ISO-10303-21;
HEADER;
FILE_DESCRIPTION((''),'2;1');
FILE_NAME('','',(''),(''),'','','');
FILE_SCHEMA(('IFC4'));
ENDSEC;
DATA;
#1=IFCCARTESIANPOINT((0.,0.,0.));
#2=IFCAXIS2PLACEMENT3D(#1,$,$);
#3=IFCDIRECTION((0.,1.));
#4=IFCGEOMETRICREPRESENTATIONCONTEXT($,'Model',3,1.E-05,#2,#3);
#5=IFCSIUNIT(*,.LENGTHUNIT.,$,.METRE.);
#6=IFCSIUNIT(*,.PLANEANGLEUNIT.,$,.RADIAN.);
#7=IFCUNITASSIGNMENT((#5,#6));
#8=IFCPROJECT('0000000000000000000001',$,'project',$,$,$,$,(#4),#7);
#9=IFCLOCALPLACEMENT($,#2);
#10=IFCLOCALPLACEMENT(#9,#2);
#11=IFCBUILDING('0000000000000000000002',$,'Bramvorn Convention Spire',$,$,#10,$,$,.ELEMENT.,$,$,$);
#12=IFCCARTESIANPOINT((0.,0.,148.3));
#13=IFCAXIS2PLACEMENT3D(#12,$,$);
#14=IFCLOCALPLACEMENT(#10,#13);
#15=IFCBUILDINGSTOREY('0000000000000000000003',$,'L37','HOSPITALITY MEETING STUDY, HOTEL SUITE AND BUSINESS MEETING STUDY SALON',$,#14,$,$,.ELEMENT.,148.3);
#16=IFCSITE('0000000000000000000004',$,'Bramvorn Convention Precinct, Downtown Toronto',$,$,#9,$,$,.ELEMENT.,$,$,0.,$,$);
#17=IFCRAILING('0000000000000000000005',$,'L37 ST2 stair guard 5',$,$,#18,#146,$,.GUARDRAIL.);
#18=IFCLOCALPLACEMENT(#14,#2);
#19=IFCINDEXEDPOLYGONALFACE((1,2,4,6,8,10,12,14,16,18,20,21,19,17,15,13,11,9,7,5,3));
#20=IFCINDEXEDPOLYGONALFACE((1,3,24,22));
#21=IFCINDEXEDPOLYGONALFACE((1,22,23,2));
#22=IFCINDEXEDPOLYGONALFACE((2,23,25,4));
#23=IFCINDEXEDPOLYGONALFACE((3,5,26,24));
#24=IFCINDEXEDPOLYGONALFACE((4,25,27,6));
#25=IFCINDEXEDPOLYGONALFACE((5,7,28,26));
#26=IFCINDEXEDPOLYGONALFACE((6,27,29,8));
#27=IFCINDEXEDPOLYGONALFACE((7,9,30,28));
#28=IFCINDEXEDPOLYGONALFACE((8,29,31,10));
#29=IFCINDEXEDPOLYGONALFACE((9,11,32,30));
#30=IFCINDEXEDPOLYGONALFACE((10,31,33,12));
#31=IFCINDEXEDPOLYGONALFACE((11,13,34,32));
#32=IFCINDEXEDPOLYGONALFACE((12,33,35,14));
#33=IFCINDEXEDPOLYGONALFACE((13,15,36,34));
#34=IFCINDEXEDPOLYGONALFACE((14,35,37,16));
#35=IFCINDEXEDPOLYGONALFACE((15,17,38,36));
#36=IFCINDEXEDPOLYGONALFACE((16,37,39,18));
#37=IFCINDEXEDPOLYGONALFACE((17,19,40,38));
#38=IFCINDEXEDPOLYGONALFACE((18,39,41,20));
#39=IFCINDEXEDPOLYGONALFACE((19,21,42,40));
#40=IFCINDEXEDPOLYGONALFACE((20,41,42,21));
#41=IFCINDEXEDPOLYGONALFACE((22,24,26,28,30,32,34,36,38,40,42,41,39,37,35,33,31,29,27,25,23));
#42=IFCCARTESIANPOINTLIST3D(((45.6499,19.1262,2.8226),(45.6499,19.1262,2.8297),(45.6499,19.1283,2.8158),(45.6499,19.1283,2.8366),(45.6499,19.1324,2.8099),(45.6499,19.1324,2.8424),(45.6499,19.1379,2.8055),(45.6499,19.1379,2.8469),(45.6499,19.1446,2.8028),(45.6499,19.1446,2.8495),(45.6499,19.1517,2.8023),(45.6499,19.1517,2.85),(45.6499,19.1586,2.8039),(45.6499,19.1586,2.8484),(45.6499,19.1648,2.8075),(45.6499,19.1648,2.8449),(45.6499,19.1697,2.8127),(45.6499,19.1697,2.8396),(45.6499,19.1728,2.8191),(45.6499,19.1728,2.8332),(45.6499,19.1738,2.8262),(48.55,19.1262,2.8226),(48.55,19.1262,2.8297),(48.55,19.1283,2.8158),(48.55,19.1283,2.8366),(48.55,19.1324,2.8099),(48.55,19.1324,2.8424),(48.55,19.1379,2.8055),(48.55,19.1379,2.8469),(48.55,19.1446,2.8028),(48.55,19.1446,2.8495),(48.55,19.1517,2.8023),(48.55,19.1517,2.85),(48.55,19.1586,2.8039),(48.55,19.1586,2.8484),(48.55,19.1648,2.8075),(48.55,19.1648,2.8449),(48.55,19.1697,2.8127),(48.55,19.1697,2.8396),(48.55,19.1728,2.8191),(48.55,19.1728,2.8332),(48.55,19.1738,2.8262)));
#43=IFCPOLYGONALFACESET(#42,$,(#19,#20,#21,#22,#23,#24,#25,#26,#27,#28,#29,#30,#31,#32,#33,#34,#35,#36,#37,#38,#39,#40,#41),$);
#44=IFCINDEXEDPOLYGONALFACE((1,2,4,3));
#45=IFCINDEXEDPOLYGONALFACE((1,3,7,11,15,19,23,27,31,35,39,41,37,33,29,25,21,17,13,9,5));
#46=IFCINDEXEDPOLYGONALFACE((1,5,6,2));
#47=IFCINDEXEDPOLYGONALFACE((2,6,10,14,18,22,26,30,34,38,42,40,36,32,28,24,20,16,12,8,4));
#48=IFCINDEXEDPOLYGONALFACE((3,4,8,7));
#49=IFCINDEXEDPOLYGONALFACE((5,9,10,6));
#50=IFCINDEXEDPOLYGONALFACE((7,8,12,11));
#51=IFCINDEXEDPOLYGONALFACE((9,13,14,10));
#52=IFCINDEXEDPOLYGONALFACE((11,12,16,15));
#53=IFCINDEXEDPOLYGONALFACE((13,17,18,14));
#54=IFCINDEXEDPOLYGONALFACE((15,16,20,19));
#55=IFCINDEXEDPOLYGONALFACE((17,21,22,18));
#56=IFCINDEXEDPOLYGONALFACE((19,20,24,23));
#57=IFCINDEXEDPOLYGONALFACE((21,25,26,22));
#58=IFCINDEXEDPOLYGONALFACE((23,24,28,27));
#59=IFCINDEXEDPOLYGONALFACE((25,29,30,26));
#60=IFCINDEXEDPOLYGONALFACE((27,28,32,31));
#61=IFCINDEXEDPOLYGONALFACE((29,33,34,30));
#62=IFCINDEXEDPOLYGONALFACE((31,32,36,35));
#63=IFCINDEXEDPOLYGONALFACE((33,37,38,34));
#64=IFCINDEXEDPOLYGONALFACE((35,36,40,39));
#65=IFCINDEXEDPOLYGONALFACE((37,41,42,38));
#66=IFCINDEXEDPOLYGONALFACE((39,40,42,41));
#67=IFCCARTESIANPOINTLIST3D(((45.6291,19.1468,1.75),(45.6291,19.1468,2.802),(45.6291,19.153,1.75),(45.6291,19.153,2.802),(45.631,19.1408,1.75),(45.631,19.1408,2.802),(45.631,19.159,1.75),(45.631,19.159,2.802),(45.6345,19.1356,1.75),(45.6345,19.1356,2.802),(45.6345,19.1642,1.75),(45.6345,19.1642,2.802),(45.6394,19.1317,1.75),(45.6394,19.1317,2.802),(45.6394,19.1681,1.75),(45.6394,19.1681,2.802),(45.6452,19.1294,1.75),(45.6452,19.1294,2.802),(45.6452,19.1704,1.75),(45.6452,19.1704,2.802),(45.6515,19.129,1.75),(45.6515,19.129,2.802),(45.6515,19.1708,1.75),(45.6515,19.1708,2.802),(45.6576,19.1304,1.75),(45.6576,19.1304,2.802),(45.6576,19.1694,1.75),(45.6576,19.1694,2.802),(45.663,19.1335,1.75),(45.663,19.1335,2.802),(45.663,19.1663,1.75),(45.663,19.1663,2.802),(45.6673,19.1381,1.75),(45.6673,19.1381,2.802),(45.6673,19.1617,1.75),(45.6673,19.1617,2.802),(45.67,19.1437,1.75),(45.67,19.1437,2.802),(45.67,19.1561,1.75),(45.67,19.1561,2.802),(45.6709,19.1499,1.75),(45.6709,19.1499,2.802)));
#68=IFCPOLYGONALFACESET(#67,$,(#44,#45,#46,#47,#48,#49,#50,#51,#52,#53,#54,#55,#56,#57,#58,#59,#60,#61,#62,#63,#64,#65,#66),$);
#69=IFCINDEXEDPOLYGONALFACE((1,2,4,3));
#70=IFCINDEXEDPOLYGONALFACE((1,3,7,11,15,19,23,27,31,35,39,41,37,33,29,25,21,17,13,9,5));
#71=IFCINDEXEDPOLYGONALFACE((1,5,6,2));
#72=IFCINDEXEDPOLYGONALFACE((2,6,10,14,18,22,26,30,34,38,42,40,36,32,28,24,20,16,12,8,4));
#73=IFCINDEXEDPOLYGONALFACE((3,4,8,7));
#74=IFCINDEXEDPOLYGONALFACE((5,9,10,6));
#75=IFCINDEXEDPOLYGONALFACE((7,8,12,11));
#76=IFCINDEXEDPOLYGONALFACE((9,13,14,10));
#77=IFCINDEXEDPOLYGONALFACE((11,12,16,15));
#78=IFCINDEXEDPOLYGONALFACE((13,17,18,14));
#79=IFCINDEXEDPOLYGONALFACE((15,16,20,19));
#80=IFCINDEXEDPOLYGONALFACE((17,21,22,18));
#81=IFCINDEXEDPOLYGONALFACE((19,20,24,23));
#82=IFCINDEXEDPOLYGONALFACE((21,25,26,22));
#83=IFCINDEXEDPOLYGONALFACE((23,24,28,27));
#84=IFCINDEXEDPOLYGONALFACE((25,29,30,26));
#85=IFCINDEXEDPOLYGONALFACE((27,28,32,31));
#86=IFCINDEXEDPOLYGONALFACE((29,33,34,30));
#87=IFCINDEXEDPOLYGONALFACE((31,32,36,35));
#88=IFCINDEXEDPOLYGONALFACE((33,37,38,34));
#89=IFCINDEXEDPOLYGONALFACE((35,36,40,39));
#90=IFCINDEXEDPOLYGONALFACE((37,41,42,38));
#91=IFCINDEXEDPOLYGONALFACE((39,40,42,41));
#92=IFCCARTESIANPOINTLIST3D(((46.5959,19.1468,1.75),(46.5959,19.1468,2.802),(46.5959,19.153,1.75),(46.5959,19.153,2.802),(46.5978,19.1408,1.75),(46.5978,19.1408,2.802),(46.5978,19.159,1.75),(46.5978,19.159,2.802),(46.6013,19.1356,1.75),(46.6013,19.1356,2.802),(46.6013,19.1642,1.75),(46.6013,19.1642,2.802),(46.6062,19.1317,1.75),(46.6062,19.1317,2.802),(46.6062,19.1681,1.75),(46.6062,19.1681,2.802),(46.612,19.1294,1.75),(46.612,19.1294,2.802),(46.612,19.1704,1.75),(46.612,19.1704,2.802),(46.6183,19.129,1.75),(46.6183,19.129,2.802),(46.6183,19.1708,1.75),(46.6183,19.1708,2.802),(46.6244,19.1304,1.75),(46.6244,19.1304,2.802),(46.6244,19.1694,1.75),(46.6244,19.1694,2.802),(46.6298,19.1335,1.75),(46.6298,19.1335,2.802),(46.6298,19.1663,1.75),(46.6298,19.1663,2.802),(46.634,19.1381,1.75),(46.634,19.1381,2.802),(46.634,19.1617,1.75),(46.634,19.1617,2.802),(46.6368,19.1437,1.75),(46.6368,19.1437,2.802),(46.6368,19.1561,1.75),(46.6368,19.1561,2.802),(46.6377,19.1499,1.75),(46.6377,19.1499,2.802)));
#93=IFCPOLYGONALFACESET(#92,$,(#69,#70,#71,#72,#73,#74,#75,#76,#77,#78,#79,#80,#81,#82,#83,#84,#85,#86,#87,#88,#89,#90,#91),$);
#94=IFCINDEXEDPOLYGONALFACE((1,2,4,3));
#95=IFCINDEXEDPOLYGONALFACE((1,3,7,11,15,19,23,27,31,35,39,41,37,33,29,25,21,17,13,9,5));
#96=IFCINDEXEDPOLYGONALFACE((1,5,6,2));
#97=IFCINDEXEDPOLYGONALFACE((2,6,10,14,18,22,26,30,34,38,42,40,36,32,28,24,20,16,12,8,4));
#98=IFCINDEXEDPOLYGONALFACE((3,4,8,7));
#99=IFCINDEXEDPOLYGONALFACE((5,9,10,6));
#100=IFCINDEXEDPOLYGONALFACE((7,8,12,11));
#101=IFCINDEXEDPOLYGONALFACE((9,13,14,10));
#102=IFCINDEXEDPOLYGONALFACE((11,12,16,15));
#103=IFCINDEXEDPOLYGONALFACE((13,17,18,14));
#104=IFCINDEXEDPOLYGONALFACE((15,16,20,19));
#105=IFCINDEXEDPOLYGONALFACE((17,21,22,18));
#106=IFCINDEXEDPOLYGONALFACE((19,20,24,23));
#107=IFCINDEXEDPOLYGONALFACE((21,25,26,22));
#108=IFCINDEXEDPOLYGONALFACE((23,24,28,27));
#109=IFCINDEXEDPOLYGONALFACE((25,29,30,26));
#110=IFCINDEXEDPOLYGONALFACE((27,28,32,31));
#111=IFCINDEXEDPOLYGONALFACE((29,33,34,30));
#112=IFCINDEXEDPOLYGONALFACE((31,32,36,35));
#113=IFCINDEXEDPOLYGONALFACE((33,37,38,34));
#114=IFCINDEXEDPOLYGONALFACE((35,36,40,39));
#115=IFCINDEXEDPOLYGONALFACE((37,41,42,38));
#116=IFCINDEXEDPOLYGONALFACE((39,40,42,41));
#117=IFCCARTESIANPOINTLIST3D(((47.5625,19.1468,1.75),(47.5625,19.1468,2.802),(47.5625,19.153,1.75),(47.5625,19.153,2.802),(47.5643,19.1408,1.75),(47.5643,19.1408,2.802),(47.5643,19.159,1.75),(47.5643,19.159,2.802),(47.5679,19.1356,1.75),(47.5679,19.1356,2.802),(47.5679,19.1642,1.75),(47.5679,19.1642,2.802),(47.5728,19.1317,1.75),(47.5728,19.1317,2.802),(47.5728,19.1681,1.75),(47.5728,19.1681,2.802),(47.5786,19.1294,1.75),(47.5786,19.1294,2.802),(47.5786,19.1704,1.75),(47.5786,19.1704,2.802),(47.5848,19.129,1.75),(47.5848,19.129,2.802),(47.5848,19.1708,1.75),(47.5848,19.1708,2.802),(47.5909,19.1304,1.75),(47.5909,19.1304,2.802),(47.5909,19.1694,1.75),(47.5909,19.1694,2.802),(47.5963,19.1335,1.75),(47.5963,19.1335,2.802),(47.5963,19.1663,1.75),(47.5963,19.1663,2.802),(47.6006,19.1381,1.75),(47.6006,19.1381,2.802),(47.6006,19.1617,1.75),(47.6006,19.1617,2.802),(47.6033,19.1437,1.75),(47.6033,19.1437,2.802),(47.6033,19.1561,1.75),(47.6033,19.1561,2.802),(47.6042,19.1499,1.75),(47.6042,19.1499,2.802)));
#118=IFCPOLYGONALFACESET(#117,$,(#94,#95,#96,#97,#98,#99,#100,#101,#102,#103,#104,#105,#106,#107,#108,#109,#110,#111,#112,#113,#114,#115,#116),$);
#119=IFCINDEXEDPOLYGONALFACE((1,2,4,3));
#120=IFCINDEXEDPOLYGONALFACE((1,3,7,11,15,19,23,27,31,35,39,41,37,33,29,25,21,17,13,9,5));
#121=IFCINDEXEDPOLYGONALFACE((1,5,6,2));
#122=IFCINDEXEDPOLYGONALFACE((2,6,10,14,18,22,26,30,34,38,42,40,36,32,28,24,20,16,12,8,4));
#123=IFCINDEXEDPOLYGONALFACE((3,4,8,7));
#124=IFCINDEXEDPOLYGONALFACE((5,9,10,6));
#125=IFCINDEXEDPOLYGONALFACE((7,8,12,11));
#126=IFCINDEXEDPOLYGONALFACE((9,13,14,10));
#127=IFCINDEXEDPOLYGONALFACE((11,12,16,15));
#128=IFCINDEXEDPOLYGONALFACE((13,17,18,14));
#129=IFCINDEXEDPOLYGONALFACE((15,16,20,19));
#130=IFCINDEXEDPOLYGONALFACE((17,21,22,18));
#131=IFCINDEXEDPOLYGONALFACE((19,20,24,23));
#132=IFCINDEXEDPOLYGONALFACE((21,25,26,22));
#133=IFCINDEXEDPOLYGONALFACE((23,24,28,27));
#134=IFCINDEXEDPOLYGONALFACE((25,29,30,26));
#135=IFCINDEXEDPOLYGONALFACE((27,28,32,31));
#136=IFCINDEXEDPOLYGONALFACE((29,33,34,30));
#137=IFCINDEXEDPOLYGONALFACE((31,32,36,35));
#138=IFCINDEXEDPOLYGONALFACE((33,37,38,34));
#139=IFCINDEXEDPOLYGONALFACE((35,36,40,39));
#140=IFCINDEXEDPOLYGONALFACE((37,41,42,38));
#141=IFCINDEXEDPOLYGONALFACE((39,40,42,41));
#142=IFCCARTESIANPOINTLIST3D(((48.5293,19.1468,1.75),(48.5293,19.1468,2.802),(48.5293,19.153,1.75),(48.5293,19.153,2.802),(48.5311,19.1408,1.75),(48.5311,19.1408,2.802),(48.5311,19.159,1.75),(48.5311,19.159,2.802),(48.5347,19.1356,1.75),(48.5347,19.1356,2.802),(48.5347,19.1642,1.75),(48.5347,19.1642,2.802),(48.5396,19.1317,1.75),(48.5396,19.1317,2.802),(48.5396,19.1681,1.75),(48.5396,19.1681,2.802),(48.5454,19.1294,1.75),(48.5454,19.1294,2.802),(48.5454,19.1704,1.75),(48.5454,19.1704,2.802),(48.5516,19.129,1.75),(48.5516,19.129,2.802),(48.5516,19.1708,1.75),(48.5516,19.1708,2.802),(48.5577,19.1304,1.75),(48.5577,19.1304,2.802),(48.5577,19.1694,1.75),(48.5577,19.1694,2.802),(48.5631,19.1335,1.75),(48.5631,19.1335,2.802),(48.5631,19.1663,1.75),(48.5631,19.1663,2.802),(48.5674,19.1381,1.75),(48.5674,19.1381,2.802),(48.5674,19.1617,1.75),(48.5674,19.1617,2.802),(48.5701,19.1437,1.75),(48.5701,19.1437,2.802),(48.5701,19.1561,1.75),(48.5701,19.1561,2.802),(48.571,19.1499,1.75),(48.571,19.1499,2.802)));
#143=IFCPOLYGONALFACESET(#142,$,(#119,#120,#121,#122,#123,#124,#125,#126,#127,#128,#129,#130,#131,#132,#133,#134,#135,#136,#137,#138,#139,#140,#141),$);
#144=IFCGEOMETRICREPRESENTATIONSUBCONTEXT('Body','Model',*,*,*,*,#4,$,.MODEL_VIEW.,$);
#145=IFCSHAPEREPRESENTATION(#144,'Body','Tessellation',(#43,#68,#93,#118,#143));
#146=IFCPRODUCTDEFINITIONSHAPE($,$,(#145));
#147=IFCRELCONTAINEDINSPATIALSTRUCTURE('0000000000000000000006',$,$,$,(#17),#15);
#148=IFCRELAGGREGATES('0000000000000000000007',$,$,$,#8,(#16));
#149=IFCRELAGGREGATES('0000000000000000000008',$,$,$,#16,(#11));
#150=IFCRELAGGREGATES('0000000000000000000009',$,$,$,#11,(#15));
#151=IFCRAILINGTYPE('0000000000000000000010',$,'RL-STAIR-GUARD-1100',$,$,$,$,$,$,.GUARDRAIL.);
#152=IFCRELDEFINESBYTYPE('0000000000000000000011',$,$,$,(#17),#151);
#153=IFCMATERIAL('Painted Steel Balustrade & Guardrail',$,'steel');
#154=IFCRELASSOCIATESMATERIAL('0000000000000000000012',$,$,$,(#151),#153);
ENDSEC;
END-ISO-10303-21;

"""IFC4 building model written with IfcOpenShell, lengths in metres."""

from ifc_helpers import new_model, si_unit, direction, frame, origin, origin_2d, place, context, subcontext, project, spatial, circle, extrude, material, type_object, element, save


model = new_model("IFC4")

# Units and contexts
model_context = context("Model", 3, precision=1e-05, world=origin(), true_north=direction((0.0, 1.0)))
body_context = subcontext(model_context, "Body", "Model", "MODEL_VIEW")
ifc_project = project(units=[si_unit("LENGTHUNIT", "METRE"), si_unit("PLANEANGLEUNIT", "RADIAN")], contexts=[model_context])

# Site, building, storey
site_placement = place(None, origin())
site = spatial("IfcSite", under=ifc_project, at=site_placement, Name="Bramvorn Convention Precinct, Downtown Toronto", CompositionType="ELEMENT", RefElevation=0.0)
building_placement = place(site_placement, origin())
building = spatial("IfcBuilding", under=site, at=building_placement, Name="Bramvorn Convention Spire", CompositionType="ELEMENT")
storey_placement = place(building_placement, frame((0.0, 0.0, 148.3)))
storey = spatial("IfcBuildingStorey", under=building, at=storey_placement, Name="L37", Description="HOSPITALITY MEETING STUDY, HOTEL SUITE AND BUSINESS MEETING STUDY SALON", CompositionType="ELEMENT", Elevation=148.3)

# Railing
ifc_material_1 = material(Name="Painted Steel Balustrade & Guardrail", Category="steel")
railing_type = type_object("IfcRailingType", Name="RL-STAIR-GUARD-1100", PredefinedType="GUARDRAIL", material=ifc_material_1)
railing_1_placement = place(storey_placement, frame((45.6499, 19.1499, 1.75)))
element("IfcRailing", 1, at=railing_1_placement, inside=storey, type_object=railing_type, Name="L37 ST2 stair guard 5", PredefinedType="GUARDRAIL", context=body_context, shape_type="SweptSolid", body=[
    extrude(circle(Radius=0.0239, at=origin_2d()), frame((0.0, 0.0, 1.0762), z_axis=(1.0, 0.0, 0.0), x_axis=(0.0, 1.0, 0.0)), (0.0, 0.0, 1.0), 2.9001),
    extrude(circle(Radius=0.021, at=origin_2d()), origin(), (0.0, 0.0, 1.0), 1.052),
    extrude(circle(Radius=0.021, at=origin_2d()), frame((0.9668, 0.0, 0.0)), (0.0, 0.0, 1.0), 1.052),
    extrude(circle(Radius=0.021, at=origin_2d()), frame((1.9333, 0.0, 0.0)), (0.0, 0.0, 1.0), 1.052),
    extrude(circle(Radius=0.021, at=origin_2d()), frame((2.9001, 0.0, 0.0)), (0.0, 0.0, 1.0), 1.052),
])

save(model, "model.ifc")
